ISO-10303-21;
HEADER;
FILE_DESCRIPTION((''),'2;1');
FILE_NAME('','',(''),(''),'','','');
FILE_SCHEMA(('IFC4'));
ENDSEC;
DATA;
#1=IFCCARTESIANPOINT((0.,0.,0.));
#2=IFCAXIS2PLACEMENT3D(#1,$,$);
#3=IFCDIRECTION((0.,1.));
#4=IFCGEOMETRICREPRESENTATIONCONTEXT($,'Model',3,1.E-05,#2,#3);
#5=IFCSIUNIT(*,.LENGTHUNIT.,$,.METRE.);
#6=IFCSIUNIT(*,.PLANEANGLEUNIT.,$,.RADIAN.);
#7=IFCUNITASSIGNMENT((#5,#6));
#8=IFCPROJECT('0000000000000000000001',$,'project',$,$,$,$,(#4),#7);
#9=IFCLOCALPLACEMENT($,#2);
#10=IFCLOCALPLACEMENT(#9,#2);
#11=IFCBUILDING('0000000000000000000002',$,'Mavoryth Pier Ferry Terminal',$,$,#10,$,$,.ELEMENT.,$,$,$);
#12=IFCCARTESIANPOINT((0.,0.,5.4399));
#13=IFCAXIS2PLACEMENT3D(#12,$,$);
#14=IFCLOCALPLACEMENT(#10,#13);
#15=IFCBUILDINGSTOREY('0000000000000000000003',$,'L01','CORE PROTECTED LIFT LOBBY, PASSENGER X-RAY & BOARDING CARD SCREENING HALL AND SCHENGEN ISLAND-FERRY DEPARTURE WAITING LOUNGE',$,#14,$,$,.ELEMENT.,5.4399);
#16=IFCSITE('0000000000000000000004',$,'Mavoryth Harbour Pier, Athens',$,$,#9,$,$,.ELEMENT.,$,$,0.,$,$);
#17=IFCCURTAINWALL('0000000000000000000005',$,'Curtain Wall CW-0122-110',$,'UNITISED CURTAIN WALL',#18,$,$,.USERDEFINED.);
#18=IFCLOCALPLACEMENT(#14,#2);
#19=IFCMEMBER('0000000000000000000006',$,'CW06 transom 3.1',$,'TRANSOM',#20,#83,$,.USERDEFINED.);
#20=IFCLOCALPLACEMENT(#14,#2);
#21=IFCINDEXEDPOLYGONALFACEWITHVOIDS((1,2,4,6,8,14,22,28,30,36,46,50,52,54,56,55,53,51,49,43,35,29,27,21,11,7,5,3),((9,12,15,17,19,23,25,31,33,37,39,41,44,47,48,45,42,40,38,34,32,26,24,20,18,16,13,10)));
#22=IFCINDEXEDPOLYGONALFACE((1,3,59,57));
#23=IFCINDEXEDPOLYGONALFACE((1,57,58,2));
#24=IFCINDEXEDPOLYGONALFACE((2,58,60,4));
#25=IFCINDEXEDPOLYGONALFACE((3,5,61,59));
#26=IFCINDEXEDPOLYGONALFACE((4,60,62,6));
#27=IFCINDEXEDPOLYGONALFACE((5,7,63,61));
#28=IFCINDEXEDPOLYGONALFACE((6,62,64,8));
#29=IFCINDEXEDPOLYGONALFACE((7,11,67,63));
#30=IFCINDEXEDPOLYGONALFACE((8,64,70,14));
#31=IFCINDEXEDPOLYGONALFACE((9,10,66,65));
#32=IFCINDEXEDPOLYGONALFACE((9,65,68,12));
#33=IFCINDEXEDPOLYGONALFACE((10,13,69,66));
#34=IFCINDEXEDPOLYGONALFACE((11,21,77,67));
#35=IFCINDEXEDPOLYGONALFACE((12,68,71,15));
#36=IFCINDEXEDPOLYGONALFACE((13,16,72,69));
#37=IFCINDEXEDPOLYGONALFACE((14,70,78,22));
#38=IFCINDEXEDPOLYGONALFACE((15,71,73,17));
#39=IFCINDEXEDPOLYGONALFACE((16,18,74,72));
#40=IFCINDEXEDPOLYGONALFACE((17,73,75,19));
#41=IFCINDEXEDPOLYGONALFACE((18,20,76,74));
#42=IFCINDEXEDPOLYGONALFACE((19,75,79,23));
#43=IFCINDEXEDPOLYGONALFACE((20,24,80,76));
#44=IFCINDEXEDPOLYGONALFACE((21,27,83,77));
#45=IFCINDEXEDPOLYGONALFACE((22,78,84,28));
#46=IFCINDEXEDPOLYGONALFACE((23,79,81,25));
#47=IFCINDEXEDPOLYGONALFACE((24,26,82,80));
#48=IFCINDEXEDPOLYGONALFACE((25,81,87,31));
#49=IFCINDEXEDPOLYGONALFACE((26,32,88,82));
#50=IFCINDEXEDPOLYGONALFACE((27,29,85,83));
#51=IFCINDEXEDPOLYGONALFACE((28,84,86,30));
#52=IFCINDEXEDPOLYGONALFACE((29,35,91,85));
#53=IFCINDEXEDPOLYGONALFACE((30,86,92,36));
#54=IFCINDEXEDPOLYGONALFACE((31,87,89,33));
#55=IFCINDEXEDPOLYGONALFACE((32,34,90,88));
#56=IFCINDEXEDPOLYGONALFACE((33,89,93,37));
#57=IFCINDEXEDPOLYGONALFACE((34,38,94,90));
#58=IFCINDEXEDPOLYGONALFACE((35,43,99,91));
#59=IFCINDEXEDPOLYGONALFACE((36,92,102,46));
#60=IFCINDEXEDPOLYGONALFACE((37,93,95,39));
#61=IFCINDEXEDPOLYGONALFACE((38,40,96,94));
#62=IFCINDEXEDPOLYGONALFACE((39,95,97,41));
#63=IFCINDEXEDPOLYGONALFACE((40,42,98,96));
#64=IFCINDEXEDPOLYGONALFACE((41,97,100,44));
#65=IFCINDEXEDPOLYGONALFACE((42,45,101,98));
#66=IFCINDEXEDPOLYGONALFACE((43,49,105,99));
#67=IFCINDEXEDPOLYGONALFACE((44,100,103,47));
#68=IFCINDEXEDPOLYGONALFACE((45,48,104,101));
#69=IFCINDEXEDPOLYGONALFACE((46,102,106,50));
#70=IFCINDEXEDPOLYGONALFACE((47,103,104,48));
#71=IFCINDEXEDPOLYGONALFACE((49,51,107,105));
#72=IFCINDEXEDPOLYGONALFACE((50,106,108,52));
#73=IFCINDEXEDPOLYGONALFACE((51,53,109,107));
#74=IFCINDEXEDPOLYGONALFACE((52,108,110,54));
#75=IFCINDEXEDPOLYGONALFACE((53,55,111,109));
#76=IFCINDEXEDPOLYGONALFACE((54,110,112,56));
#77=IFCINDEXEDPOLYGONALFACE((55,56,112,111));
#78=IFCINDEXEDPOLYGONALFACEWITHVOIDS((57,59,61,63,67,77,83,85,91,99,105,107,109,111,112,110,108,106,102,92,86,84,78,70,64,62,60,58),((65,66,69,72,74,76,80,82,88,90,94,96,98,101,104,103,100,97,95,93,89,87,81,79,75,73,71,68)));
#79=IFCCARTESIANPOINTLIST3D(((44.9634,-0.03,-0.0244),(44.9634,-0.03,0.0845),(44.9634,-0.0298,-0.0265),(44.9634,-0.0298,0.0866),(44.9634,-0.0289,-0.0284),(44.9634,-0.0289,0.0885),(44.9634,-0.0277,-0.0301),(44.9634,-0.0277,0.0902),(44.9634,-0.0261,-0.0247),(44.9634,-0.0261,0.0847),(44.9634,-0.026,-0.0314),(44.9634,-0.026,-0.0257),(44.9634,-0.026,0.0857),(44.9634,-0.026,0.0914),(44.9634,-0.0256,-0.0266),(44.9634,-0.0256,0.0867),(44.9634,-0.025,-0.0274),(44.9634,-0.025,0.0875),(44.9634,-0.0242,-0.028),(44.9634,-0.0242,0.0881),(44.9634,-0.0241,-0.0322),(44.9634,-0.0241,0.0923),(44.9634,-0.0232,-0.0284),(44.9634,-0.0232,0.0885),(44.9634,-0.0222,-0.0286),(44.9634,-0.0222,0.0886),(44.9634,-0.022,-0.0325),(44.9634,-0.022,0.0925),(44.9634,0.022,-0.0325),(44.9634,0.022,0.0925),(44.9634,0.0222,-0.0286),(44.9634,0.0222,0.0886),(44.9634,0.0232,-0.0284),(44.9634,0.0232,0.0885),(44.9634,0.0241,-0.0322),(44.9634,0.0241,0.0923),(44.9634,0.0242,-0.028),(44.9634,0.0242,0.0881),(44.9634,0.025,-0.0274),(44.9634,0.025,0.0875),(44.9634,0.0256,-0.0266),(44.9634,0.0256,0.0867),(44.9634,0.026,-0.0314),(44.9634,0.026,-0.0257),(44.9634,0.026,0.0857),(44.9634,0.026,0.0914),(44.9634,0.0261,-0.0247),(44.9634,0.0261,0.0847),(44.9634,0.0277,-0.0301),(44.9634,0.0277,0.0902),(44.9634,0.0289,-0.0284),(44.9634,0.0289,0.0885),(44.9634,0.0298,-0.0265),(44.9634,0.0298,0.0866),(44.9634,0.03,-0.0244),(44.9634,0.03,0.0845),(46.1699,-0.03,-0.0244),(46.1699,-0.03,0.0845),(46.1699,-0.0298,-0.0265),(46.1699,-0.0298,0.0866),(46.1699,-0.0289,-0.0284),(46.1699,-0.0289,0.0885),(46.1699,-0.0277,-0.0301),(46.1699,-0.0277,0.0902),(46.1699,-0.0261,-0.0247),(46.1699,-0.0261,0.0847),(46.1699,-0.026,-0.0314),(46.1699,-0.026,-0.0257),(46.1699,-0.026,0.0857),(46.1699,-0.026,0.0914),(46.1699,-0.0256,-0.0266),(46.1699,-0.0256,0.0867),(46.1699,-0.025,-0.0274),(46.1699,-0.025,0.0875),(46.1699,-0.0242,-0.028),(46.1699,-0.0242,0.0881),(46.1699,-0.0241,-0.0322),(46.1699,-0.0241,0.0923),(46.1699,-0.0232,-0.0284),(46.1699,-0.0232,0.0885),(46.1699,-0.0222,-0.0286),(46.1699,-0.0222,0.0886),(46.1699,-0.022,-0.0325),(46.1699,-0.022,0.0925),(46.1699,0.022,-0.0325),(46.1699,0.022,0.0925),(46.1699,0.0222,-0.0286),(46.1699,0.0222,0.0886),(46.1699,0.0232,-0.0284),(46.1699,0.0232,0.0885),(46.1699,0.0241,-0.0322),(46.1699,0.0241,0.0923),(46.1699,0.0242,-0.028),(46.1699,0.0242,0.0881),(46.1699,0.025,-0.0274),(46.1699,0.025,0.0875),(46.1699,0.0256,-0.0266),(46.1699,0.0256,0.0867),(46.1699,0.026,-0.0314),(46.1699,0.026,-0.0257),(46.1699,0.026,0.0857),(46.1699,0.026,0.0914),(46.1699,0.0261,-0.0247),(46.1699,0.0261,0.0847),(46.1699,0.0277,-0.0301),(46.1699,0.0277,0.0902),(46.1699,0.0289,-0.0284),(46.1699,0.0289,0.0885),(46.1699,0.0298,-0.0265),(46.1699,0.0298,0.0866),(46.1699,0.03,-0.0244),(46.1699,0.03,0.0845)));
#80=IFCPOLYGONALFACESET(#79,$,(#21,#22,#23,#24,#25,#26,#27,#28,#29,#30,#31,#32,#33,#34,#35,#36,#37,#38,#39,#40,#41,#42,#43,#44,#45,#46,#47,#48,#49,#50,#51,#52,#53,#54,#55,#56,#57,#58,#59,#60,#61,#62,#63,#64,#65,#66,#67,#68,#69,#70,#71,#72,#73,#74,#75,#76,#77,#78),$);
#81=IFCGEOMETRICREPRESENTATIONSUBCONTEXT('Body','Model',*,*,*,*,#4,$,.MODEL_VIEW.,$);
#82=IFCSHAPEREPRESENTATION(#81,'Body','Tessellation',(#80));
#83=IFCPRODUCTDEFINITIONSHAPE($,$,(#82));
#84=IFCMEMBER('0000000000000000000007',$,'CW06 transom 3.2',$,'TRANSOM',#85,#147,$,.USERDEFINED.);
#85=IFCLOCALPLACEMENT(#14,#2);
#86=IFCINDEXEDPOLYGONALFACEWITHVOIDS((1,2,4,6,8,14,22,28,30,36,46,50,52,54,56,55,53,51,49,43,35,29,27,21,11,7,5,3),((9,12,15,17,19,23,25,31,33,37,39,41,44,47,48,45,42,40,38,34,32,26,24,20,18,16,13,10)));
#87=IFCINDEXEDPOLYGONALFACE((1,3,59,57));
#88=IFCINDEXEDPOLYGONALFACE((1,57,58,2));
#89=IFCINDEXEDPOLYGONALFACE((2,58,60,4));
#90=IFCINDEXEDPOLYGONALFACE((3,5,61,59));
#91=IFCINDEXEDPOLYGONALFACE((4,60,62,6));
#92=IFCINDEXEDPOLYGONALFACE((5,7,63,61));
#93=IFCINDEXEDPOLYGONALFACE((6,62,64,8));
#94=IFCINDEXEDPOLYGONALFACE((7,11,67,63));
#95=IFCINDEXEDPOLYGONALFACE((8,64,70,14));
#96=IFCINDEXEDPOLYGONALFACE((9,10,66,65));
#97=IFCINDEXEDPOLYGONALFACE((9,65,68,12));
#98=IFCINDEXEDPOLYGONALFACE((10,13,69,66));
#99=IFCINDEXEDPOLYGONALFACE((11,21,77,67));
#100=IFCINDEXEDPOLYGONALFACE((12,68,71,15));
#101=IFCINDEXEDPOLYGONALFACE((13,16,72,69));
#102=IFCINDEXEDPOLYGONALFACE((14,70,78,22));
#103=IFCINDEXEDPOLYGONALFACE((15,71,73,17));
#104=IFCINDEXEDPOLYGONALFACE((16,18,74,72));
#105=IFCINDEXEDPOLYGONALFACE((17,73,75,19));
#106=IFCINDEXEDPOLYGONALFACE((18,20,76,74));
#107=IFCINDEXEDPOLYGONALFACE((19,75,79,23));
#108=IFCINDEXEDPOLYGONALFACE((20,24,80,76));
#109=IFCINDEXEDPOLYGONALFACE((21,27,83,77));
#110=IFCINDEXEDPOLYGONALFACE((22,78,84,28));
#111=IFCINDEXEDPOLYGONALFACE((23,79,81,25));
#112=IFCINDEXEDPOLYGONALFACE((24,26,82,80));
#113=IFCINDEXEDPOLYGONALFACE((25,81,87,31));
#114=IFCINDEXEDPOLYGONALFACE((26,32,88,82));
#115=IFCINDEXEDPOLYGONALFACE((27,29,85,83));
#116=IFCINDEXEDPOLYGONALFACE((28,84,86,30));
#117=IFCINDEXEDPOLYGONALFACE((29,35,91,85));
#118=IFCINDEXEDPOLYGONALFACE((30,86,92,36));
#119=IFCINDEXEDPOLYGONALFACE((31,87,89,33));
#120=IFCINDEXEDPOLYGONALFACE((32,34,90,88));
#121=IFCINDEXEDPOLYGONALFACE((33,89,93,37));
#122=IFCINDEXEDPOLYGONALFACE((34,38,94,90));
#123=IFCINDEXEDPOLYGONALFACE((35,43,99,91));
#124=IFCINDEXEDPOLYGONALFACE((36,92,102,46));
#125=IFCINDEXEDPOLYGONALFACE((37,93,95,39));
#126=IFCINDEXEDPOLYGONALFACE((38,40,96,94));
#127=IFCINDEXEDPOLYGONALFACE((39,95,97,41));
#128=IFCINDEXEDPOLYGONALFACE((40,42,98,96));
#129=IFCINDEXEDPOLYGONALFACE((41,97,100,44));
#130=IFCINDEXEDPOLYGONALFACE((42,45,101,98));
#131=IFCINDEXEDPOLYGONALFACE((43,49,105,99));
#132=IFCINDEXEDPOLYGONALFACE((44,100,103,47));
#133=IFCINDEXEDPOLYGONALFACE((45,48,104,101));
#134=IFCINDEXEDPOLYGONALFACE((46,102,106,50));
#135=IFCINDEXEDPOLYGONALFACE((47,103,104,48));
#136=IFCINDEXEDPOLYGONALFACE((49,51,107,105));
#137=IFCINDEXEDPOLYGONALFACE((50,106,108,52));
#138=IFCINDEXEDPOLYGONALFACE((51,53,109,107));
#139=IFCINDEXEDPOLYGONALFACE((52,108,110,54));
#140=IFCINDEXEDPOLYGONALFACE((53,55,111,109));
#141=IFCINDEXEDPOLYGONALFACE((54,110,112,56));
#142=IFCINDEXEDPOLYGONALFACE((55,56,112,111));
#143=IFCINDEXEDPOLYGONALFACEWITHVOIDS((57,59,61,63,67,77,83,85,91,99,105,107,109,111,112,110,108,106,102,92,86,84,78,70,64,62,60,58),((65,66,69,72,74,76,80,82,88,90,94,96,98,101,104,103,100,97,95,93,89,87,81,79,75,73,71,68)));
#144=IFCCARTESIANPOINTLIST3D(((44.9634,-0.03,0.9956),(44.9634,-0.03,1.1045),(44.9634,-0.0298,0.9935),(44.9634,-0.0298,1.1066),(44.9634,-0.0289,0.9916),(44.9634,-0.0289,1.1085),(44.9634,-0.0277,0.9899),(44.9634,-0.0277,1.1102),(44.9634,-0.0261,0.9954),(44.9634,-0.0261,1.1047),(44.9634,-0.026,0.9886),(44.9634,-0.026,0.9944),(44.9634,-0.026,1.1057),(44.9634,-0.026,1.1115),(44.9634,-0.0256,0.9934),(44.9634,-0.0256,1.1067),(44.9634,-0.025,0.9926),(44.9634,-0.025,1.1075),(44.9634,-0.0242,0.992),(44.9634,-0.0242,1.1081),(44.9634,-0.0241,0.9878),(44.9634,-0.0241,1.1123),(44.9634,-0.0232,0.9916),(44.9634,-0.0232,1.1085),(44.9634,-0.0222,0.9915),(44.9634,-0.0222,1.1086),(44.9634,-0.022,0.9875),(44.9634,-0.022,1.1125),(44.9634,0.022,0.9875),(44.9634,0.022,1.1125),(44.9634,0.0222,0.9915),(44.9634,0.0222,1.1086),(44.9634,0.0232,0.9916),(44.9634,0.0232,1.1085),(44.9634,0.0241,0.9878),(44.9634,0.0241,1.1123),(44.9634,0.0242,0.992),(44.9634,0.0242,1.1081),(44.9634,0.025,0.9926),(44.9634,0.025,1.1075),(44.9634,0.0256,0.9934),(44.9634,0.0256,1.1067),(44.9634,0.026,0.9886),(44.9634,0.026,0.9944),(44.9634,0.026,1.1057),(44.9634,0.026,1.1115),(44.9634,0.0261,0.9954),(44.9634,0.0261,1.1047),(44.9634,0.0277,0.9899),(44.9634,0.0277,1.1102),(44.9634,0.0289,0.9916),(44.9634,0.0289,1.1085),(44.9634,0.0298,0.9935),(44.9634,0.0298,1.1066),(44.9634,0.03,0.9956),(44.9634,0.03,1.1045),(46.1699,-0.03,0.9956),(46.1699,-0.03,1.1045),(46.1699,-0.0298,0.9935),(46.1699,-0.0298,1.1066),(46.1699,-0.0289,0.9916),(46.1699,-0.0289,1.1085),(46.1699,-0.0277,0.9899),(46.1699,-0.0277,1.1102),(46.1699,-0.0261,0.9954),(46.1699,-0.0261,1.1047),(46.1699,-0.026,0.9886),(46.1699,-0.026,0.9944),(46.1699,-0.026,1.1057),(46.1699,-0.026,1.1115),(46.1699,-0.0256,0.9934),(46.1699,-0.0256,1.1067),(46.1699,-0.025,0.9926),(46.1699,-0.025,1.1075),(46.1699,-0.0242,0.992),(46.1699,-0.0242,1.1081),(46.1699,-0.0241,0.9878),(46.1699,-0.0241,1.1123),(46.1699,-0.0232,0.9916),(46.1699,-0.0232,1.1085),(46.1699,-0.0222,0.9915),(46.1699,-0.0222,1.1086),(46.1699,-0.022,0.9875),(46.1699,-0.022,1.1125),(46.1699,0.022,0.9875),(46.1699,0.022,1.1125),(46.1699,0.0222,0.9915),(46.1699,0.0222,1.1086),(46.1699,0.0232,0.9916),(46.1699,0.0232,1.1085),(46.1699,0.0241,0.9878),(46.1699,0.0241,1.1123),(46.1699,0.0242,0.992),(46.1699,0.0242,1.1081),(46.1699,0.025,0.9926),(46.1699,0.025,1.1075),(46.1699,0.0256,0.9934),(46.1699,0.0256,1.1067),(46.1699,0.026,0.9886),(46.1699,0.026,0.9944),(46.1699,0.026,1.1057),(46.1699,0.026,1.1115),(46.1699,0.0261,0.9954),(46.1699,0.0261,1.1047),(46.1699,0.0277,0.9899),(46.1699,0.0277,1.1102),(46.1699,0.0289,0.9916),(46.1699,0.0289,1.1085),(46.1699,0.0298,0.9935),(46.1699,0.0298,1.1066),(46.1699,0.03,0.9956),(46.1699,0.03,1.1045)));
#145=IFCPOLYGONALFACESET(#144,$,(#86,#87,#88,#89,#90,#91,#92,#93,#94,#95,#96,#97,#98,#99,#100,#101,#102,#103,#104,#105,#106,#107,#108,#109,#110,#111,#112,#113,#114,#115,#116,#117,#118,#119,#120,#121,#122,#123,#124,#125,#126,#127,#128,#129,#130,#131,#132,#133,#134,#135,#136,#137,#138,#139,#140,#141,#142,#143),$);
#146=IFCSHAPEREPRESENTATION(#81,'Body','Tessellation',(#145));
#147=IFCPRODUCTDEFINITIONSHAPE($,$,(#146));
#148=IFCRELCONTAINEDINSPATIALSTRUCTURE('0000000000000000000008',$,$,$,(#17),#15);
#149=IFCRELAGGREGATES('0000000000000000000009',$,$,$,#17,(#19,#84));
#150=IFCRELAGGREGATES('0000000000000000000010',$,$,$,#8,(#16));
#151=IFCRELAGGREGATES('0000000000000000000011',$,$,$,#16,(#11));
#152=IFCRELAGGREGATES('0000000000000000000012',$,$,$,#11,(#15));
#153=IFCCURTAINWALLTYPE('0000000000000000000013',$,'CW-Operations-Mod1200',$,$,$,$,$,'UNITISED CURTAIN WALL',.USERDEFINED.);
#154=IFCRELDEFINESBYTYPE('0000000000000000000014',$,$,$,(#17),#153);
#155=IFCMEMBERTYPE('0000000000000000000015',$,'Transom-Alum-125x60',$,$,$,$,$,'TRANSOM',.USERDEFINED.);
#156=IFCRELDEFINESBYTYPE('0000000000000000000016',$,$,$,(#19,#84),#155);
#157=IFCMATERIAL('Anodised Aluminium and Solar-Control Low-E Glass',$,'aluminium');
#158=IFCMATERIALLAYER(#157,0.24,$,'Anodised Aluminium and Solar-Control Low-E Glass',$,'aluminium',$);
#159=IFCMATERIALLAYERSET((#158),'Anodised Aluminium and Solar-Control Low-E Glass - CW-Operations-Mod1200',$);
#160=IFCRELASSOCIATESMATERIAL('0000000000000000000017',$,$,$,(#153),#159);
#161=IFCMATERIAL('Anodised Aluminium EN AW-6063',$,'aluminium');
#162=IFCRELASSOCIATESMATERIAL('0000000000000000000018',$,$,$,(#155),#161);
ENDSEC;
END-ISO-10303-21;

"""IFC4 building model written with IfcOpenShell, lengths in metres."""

from ifc_helpers import new_model, si_unit, direction, frame, origin, origin_2d, place, context, subcontext, project, spatial, hollow_rectangle, extrude, material, layer, layer_set, material_profile, profile_set, type_object, element, aggregate, save


model = new_model("IFC4")

# Units and contexts
model_context = context("Model", 3, precision=1e-05, world=origin(), true_north=direction((0.0, 1.0)))
body_context = subcontext(model_context, "Body", "Model", "MODEL_VIEW")
ifc_project = project(units=[si_unit("LENGTHUNIT", "METRE"), si_unit("PLANEANGLEUNIT", "RADIAN")], contexts=[model_context])

# Site, building, storey
site_placement = place(None, origin())
site = spatial("IfcSite", under=ifc_project, at=site_placement, Name="Mavoryth Harbour Pier, Athens", CompositionType="ELEMENT", RefElevation=0.0)
building_placement = place(site_placement, origin())
building = spatial("IfcBuilding", under=site, at=building_placement, Name="Mavoryth Pier Ferry Terminal", CompositionType="ELEMENT")
storey_placement = place(building_placement, frame((0.0, 0.0, 5.4399)))
storey = spatial("IfcBuildingStorey", under=building, at=storey_placement, Name="L01", Description="CORE PROTECTED LIFT LOBBY, PASSENGER X-RAY & BOARDING CARD SCREENING HALL AND SCHENGEN ISLAND-FERRY DEPARTURE WAITING LOUNGE", CompositionType="ELEMENT", Elevation=5.4399)

# Curtain wall
ifc_material_1 = material(Name="Anodised Aluminium and Solar-Control Low-E Glass", Category="aluminium")
ifc_layer_1 = layer(ifc_material_1, 0.24, Name="Anodised Aluminium and Solar-Control Low-E Glass", Category="aluminium")
ifc_layer_set_1 = layer_set([ifc_layer_1], Name="Anodised Aluminium and Solar-Control Low-E Glass - CW-Operations-Mod1200")
curtain_wall_type = type_object("IfcCurtainWallType", Name="CW-Operations-Mod1200", ElementType="UNITISED CURTAIN WALL", PredefinedType="USERDEFINED", material=ifc_layer_set_1)
curtain_wall_placement = place(storey_placement, origin())
curtain_wall = element("IfcCurtainWall", 1, at=curtain_wall_placement, inside=storey, type_object=curtain_wall_type, Name="Curtain Wall CW-0122-110", ObjectType="UNITISED CURTAIN WALL", PredefinedType="USERDEFINED")
ifc_material_2 = material(Name="Anodised Aluminium EN AW-6063", Category="aluminium")

# Members
ifc_material_profile_1 = material_profile(ifc_material_2, hollow_rectangle(XDim=0.0601, YDim=0.125, WallThickness=0.0039, InnerFilletRadius=0.0039, OuterFilletRadius=0.0081, at=origin_2d()), Name="AL-TRAN 125x60x4", Category="aluminium")
ifc_profile_set_1 = profile_set([ifc_material_profile_1], Name="Anodised Aluminium EN AW-6063 - AL-TRAN 125x60x4")
member_type_1 = type_object("IfcMemberType", Name="Transom-Alum-125x60", ElementType="TRANSOM", PredefinedType="USERDEFINED", material=ifc_profile_set_1)
member_1_placement = place(storey_placement, frame((44.9634, 0.0, 0.03), z_axis=(1.0, 0.0, 0.0), x_axis=(0.0, 1.0, 0.0)))
member_1 = element("IfcMember", 2, at=member_1_placement, type_object=member_type_1, Name="CW06 transom 3.1", ObjectType="TRANSOM", PredefinedType="USERDEFINED", context=body_context, shape_type="SweptSolid", body=[
    extrude(hollow_rectangle(XDim=0.0601, YDim=0.125, WallThickness=0.0039, InnerFilletRadius=0.0039, OuterFilletRadius=0.0081, at=origin_2d()), origin(), (0.0, 0.0, 1.0), 1.2065),
])
member_2_placement = place(storey_placement, frame((44.9634, 0.0, 1.05), z_axis=(1.0, 0.0, 0.0), x_axis=(0.0, 1.0, 0.0)))
member_2 = element("IfcMember", 3, at=member_2_placement, type_object=member_type_1, Name="CW06 transom 3.2", ObjectType="TRANSOM", PredefinedType="USERDEFINED", context=body_context, shape_type="SweptSolid", body=[
    extrude(hollow_rectangle(XDim=0.0601, YDim=0.125, WallThickness=0.0039, InnerFilletRadius=0.0039, OuterFilletRadius=0.0081, at=origin_2d()), origin(), (0.0, 0.0, 1.0), 1.2065),
])

aggregate(curtain_wall, [member_1, member_2])

save(model, "model.ifc")
